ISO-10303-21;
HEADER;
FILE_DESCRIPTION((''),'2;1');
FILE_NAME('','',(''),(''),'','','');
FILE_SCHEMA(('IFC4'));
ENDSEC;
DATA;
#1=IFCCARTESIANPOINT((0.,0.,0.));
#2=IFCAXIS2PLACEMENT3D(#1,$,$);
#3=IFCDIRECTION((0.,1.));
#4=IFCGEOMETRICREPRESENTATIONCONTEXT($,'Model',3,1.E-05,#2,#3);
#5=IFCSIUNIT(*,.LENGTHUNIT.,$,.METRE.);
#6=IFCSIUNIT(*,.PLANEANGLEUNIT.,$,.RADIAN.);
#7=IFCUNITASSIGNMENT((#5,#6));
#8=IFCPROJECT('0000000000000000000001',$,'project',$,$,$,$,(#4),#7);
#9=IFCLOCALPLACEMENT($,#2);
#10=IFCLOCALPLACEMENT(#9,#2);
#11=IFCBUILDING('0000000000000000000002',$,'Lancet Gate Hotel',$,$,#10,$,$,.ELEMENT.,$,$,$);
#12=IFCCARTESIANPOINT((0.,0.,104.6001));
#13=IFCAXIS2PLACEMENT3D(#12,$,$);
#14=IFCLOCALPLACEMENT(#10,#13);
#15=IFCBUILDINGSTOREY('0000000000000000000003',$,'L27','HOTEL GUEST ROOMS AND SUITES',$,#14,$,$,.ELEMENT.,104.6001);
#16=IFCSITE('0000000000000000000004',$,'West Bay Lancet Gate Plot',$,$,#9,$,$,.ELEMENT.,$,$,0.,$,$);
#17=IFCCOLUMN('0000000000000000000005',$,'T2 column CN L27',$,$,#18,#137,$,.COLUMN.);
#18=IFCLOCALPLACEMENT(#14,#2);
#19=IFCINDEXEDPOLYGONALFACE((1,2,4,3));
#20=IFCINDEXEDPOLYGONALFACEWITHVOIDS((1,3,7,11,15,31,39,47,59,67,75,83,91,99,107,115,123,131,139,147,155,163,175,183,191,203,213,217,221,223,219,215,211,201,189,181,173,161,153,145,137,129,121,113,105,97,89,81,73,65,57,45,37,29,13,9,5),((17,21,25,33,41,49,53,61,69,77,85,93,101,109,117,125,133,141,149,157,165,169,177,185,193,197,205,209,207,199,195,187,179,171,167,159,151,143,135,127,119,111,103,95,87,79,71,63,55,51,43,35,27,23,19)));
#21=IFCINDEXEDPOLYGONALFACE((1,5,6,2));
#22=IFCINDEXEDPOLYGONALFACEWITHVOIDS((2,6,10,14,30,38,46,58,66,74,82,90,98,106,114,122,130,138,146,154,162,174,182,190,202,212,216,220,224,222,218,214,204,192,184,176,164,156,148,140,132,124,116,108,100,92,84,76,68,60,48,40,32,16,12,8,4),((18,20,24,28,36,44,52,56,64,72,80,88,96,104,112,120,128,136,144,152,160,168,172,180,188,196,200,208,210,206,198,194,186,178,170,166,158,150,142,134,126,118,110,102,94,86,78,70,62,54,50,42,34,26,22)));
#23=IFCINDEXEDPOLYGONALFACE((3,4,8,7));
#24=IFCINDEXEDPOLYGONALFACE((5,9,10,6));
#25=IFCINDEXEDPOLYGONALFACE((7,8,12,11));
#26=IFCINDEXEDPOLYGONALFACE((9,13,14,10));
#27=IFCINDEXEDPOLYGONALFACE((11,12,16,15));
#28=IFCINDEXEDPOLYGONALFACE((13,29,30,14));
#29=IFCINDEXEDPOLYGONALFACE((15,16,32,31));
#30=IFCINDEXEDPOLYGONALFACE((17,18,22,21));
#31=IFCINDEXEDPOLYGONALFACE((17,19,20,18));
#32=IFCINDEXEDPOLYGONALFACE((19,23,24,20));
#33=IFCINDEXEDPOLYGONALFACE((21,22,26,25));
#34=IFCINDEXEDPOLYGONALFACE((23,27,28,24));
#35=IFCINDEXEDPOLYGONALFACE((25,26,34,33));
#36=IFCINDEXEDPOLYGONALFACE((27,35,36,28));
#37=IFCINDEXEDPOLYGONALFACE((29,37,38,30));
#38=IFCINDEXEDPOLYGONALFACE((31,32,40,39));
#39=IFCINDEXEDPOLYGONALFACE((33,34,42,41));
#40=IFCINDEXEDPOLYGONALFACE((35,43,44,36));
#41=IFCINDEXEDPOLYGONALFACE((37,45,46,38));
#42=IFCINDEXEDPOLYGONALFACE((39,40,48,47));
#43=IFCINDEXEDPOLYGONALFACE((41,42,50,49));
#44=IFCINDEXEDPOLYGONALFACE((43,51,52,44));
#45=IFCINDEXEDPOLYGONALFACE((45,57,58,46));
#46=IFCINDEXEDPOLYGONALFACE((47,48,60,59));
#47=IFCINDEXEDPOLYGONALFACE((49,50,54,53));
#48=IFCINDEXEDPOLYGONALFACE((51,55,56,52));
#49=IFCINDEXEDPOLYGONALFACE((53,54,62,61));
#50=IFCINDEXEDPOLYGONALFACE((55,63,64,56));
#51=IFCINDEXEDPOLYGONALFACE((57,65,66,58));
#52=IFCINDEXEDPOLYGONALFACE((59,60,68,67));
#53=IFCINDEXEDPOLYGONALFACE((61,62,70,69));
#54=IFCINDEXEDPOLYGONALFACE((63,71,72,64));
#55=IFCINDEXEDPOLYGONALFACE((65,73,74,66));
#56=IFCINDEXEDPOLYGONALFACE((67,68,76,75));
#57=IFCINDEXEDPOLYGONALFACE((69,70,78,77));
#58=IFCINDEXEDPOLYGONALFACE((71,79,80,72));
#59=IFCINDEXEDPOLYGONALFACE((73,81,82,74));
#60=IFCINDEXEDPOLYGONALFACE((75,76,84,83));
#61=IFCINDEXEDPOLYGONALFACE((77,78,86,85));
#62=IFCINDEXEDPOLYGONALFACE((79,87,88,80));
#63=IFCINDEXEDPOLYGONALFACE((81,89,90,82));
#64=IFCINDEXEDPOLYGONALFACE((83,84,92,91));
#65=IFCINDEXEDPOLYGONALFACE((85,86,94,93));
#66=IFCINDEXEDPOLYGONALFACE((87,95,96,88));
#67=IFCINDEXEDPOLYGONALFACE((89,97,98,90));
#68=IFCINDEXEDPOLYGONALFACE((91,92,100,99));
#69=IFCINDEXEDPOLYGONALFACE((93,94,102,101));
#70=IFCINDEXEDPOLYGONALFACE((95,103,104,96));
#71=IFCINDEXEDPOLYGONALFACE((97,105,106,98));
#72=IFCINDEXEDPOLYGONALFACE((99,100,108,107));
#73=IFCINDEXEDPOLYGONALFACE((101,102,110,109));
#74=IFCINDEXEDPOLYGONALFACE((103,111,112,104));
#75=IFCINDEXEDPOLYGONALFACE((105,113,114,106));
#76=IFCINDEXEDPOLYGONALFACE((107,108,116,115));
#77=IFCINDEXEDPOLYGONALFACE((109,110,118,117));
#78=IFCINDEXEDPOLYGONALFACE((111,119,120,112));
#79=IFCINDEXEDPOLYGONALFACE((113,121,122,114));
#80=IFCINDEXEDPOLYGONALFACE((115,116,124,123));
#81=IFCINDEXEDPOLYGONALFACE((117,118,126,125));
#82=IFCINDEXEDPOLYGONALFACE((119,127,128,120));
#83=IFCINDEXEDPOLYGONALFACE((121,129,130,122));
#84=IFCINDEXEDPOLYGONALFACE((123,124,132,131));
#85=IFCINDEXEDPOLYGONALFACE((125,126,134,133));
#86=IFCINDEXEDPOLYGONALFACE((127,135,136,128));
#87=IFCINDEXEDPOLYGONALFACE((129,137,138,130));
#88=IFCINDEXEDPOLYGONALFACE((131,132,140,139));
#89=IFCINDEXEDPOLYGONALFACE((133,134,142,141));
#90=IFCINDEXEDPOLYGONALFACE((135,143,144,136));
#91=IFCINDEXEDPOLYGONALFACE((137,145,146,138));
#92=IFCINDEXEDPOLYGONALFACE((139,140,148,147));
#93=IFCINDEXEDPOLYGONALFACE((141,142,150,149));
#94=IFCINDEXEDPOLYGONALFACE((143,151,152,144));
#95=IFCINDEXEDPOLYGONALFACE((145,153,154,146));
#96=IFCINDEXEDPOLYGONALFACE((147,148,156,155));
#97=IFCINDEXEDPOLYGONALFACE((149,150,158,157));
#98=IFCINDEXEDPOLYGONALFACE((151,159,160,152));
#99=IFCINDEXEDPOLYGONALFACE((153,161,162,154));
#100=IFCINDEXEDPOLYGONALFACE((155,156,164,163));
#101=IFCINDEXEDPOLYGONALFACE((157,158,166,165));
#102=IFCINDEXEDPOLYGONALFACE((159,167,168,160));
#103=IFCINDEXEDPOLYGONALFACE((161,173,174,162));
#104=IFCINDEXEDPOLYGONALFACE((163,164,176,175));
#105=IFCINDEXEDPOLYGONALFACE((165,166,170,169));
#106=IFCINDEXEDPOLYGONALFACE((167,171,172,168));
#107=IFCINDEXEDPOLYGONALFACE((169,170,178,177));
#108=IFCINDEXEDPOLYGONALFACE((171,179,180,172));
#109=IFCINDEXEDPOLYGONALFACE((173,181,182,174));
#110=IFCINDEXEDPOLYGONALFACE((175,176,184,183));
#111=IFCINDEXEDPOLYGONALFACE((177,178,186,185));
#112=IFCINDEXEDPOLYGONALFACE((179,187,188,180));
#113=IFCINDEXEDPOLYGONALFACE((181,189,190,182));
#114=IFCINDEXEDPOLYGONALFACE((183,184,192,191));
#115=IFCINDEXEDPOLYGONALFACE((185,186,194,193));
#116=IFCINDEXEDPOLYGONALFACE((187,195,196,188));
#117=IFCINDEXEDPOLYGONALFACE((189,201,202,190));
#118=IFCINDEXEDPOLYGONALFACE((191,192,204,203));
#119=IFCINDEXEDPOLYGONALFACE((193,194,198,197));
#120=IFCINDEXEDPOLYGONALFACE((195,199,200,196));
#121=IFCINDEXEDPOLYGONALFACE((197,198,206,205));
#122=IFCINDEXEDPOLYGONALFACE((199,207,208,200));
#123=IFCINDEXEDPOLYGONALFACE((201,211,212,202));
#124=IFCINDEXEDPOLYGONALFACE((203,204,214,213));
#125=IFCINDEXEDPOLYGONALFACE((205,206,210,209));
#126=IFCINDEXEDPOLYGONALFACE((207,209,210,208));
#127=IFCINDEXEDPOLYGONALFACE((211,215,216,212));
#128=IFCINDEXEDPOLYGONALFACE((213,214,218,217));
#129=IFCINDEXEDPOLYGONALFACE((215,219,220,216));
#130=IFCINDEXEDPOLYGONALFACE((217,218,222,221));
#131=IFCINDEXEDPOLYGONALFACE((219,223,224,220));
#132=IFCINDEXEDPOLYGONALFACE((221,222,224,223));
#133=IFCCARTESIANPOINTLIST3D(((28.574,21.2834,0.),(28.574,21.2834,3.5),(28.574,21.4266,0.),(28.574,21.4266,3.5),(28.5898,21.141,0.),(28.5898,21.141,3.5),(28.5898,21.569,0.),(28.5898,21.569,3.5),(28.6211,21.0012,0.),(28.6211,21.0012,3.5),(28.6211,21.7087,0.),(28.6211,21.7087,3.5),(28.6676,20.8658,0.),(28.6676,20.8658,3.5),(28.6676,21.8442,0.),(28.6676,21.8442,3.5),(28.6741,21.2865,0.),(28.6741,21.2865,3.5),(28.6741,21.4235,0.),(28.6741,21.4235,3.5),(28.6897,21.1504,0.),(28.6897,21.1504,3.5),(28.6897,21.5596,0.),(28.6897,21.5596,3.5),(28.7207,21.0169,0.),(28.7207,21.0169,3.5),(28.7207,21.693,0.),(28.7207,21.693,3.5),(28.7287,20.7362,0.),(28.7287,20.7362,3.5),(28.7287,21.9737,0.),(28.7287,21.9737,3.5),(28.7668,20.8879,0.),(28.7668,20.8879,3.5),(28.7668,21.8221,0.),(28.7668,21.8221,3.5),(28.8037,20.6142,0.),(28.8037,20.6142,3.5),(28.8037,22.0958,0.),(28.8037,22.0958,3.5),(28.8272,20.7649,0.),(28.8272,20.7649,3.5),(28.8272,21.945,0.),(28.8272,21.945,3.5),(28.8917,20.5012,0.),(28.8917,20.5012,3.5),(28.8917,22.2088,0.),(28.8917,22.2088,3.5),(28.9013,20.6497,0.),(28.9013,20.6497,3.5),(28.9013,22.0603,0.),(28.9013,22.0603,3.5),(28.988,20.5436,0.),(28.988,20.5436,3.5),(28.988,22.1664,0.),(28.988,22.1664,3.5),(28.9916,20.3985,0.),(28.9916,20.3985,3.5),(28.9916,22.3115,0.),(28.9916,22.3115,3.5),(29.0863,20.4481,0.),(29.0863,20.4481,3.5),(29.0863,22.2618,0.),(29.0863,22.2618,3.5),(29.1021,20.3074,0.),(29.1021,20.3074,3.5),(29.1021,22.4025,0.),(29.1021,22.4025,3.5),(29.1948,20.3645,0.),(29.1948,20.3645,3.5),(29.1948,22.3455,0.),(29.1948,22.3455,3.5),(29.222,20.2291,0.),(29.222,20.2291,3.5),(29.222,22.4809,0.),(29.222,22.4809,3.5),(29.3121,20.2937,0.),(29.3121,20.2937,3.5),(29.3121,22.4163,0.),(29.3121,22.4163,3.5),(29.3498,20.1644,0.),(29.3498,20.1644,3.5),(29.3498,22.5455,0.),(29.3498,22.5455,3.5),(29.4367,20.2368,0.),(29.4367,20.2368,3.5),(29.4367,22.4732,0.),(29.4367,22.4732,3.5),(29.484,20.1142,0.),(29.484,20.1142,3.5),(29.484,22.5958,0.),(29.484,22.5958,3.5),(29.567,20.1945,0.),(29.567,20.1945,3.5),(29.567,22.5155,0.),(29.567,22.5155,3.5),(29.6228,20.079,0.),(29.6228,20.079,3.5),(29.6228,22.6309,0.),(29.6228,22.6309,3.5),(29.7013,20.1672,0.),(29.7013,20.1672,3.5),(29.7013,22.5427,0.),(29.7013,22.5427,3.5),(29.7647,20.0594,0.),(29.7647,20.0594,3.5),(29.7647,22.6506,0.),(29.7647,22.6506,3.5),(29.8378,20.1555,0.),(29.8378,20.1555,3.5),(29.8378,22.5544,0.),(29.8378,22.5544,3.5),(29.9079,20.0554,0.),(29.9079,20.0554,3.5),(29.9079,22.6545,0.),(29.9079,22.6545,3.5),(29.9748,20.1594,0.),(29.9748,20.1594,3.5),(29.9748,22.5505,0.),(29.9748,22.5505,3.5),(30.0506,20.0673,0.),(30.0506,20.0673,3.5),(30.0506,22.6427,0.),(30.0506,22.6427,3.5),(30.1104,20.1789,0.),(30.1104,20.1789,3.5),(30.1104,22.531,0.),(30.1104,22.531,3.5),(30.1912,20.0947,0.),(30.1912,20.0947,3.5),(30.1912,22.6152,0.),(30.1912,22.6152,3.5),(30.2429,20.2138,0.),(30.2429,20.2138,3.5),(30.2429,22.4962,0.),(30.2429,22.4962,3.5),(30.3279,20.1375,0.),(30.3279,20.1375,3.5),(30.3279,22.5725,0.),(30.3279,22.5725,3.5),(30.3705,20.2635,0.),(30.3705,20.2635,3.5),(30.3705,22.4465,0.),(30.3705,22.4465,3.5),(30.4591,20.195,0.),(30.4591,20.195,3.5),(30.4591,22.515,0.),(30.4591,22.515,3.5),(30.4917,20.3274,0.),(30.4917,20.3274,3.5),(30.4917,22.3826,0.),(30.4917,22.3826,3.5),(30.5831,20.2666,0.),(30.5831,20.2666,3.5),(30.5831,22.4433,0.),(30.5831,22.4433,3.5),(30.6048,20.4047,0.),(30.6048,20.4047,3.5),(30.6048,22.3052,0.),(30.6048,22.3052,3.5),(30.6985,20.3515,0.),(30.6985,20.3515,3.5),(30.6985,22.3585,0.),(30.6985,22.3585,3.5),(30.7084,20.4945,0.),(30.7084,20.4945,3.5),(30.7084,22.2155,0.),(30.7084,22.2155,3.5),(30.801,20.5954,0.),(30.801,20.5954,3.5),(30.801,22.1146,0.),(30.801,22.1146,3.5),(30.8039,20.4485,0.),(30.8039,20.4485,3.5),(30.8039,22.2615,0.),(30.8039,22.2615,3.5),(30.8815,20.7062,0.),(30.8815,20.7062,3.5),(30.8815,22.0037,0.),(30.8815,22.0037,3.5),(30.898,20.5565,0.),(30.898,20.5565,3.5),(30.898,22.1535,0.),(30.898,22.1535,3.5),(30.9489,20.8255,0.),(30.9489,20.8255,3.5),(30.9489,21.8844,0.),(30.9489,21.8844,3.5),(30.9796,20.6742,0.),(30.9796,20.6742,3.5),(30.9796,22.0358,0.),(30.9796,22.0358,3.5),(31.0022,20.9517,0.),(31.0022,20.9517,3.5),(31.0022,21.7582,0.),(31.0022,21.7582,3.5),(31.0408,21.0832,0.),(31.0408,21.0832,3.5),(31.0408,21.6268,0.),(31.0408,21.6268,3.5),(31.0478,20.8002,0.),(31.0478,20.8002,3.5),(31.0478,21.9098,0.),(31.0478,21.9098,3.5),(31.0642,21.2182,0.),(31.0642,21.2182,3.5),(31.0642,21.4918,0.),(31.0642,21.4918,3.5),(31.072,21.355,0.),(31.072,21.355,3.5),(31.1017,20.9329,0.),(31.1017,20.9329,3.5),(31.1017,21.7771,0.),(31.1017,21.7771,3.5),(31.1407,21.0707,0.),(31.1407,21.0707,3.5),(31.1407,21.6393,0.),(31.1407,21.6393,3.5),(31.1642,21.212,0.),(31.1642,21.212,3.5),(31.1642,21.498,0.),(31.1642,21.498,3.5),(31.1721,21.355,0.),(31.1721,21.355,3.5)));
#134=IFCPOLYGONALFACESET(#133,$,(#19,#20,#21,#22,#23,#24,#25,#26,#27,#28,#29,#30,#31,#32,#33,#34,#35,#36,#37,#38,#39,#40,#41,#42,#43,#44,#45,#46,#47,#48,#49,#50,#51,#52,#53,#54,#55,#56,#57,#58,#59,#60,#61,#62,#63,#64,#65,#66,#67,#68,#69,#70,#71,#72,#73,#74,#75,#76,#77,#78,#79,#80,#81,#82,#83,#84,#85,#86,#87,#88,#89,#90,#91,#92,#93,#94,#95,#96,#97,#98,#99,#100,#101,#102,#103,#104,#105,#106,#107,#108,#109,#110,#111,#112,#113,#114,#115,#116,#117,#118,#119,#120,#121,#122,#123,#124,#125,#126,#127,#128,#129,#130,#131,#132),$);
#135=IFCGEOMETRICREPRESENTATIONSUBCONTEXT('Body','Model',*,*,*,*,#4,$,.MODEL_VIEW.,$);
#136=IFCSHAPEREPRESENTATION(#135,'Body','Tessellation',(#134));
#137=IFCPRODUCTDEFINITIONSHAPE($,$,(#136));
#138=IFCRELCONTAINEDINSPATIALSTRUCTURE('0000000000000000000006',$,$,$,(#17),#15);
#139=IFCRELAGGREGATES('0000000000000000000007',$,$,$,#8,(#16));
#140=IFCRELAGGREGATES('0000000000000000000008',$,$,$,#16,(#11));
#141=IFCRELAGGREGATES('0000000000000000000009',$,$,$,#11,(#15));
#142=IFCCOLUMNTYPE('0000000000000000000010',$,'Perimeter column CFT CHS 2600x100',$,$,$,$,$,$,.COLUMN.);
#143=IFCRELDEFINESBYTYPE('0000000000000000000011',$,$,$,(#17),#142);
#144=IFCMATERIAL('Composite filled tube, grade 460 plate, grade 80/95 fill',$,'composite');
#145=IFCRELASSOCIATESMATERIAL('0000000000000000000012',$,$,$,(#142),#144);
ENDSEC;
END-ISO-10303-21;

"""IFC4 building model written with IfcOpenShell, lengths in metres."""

from ifc_helpers import new_model, si_unit, direction, frame, origin, origin_2d, place, context, subcontext, project, spatial, hollow_circle, extrude, material, material_profile, profile_set, type_object, element, save


model = new_model("IFC4")

# Units and contexts
model_context = context("Model", 3, precision=1e-05, world=origin(), true_north=direction((0.0, 1.0)))
body_context = subcontext(model_context, "Body", "Model", "MODEL_VIEW")
ifc_project = project(units=[si_unit("LENGTHUNIT", "METRE"), si_unit("PLANEANGLEUNIT", "RADIAN")], contexts=[model_context])

# Site, building, storey
site_placement = place(None, origin())
site = spatial("IfcSite", under=ifc_project, at=site_placement, Name="West Bay Lancet Gate Plot", CompositionType="ELEMENT", RefElevation=0.0)
building_placement = place(site_placement, origin())
building = spatial("IfcBuilding", under=site, at=building_placement, Name="Lancet Gate Hotel", CompositionType="ELEMENT")
storey_placement = place(building_placement, frame((0.0, 0.0, 104.6001)))
storey = spatial("IfcBuildingStorey", under=building, at=storey_placement, Name="L27", Description="HOTEL GUEST ROOMS AND SUITES", CompositionType="ELEMENT", Elevation=104.6001)

# Column
ifc_material_1 = material(Name="Composite filled tube, grade 460 plate, grade 80/95 fill", Category="composite")
ifc_material_profile_1 = material_profile(ifc_material_1, hollow_circle(Radius=1.3, WallThickness=0.1001, at=origin_2d()), Name="CHS 2600x100")
ifc_profile_set_1 = profile_set([ifc_material_profile_1], Name="Composite filled tube, grade 460 plate, grade 80/95 fill")
column_type = type_object("IfcColumnType", Name="Perimeter column CFT CHS 2600x100", PredefinedType="COLUMN", material=ifc_profile_set_1)
for number, where, z_axis, x_axis, name in (
    (1, (29.8721, 21.355, 0.0), (0.0, 0.0, 1.0), (1.0, 0.0, 0.0), "T2 column CN L27"),
):
    element("IfcColumn", number, at=place(storey_placement, frame(where, z_axis=z_axis, x_axis=x_axis)), inside=storey, type_object=column_type, Name=name, PredefinedType="COLUMN", context=body_context, shape_type="SweptSolid", body=[
        extrude(hollow_circle(Radius=1.3, WallThickness=0.1001, at=origin_2d()), origin(), (0.0, 0.0, 1.0), 3.5),
    ])

save(model, "model.ifc")
